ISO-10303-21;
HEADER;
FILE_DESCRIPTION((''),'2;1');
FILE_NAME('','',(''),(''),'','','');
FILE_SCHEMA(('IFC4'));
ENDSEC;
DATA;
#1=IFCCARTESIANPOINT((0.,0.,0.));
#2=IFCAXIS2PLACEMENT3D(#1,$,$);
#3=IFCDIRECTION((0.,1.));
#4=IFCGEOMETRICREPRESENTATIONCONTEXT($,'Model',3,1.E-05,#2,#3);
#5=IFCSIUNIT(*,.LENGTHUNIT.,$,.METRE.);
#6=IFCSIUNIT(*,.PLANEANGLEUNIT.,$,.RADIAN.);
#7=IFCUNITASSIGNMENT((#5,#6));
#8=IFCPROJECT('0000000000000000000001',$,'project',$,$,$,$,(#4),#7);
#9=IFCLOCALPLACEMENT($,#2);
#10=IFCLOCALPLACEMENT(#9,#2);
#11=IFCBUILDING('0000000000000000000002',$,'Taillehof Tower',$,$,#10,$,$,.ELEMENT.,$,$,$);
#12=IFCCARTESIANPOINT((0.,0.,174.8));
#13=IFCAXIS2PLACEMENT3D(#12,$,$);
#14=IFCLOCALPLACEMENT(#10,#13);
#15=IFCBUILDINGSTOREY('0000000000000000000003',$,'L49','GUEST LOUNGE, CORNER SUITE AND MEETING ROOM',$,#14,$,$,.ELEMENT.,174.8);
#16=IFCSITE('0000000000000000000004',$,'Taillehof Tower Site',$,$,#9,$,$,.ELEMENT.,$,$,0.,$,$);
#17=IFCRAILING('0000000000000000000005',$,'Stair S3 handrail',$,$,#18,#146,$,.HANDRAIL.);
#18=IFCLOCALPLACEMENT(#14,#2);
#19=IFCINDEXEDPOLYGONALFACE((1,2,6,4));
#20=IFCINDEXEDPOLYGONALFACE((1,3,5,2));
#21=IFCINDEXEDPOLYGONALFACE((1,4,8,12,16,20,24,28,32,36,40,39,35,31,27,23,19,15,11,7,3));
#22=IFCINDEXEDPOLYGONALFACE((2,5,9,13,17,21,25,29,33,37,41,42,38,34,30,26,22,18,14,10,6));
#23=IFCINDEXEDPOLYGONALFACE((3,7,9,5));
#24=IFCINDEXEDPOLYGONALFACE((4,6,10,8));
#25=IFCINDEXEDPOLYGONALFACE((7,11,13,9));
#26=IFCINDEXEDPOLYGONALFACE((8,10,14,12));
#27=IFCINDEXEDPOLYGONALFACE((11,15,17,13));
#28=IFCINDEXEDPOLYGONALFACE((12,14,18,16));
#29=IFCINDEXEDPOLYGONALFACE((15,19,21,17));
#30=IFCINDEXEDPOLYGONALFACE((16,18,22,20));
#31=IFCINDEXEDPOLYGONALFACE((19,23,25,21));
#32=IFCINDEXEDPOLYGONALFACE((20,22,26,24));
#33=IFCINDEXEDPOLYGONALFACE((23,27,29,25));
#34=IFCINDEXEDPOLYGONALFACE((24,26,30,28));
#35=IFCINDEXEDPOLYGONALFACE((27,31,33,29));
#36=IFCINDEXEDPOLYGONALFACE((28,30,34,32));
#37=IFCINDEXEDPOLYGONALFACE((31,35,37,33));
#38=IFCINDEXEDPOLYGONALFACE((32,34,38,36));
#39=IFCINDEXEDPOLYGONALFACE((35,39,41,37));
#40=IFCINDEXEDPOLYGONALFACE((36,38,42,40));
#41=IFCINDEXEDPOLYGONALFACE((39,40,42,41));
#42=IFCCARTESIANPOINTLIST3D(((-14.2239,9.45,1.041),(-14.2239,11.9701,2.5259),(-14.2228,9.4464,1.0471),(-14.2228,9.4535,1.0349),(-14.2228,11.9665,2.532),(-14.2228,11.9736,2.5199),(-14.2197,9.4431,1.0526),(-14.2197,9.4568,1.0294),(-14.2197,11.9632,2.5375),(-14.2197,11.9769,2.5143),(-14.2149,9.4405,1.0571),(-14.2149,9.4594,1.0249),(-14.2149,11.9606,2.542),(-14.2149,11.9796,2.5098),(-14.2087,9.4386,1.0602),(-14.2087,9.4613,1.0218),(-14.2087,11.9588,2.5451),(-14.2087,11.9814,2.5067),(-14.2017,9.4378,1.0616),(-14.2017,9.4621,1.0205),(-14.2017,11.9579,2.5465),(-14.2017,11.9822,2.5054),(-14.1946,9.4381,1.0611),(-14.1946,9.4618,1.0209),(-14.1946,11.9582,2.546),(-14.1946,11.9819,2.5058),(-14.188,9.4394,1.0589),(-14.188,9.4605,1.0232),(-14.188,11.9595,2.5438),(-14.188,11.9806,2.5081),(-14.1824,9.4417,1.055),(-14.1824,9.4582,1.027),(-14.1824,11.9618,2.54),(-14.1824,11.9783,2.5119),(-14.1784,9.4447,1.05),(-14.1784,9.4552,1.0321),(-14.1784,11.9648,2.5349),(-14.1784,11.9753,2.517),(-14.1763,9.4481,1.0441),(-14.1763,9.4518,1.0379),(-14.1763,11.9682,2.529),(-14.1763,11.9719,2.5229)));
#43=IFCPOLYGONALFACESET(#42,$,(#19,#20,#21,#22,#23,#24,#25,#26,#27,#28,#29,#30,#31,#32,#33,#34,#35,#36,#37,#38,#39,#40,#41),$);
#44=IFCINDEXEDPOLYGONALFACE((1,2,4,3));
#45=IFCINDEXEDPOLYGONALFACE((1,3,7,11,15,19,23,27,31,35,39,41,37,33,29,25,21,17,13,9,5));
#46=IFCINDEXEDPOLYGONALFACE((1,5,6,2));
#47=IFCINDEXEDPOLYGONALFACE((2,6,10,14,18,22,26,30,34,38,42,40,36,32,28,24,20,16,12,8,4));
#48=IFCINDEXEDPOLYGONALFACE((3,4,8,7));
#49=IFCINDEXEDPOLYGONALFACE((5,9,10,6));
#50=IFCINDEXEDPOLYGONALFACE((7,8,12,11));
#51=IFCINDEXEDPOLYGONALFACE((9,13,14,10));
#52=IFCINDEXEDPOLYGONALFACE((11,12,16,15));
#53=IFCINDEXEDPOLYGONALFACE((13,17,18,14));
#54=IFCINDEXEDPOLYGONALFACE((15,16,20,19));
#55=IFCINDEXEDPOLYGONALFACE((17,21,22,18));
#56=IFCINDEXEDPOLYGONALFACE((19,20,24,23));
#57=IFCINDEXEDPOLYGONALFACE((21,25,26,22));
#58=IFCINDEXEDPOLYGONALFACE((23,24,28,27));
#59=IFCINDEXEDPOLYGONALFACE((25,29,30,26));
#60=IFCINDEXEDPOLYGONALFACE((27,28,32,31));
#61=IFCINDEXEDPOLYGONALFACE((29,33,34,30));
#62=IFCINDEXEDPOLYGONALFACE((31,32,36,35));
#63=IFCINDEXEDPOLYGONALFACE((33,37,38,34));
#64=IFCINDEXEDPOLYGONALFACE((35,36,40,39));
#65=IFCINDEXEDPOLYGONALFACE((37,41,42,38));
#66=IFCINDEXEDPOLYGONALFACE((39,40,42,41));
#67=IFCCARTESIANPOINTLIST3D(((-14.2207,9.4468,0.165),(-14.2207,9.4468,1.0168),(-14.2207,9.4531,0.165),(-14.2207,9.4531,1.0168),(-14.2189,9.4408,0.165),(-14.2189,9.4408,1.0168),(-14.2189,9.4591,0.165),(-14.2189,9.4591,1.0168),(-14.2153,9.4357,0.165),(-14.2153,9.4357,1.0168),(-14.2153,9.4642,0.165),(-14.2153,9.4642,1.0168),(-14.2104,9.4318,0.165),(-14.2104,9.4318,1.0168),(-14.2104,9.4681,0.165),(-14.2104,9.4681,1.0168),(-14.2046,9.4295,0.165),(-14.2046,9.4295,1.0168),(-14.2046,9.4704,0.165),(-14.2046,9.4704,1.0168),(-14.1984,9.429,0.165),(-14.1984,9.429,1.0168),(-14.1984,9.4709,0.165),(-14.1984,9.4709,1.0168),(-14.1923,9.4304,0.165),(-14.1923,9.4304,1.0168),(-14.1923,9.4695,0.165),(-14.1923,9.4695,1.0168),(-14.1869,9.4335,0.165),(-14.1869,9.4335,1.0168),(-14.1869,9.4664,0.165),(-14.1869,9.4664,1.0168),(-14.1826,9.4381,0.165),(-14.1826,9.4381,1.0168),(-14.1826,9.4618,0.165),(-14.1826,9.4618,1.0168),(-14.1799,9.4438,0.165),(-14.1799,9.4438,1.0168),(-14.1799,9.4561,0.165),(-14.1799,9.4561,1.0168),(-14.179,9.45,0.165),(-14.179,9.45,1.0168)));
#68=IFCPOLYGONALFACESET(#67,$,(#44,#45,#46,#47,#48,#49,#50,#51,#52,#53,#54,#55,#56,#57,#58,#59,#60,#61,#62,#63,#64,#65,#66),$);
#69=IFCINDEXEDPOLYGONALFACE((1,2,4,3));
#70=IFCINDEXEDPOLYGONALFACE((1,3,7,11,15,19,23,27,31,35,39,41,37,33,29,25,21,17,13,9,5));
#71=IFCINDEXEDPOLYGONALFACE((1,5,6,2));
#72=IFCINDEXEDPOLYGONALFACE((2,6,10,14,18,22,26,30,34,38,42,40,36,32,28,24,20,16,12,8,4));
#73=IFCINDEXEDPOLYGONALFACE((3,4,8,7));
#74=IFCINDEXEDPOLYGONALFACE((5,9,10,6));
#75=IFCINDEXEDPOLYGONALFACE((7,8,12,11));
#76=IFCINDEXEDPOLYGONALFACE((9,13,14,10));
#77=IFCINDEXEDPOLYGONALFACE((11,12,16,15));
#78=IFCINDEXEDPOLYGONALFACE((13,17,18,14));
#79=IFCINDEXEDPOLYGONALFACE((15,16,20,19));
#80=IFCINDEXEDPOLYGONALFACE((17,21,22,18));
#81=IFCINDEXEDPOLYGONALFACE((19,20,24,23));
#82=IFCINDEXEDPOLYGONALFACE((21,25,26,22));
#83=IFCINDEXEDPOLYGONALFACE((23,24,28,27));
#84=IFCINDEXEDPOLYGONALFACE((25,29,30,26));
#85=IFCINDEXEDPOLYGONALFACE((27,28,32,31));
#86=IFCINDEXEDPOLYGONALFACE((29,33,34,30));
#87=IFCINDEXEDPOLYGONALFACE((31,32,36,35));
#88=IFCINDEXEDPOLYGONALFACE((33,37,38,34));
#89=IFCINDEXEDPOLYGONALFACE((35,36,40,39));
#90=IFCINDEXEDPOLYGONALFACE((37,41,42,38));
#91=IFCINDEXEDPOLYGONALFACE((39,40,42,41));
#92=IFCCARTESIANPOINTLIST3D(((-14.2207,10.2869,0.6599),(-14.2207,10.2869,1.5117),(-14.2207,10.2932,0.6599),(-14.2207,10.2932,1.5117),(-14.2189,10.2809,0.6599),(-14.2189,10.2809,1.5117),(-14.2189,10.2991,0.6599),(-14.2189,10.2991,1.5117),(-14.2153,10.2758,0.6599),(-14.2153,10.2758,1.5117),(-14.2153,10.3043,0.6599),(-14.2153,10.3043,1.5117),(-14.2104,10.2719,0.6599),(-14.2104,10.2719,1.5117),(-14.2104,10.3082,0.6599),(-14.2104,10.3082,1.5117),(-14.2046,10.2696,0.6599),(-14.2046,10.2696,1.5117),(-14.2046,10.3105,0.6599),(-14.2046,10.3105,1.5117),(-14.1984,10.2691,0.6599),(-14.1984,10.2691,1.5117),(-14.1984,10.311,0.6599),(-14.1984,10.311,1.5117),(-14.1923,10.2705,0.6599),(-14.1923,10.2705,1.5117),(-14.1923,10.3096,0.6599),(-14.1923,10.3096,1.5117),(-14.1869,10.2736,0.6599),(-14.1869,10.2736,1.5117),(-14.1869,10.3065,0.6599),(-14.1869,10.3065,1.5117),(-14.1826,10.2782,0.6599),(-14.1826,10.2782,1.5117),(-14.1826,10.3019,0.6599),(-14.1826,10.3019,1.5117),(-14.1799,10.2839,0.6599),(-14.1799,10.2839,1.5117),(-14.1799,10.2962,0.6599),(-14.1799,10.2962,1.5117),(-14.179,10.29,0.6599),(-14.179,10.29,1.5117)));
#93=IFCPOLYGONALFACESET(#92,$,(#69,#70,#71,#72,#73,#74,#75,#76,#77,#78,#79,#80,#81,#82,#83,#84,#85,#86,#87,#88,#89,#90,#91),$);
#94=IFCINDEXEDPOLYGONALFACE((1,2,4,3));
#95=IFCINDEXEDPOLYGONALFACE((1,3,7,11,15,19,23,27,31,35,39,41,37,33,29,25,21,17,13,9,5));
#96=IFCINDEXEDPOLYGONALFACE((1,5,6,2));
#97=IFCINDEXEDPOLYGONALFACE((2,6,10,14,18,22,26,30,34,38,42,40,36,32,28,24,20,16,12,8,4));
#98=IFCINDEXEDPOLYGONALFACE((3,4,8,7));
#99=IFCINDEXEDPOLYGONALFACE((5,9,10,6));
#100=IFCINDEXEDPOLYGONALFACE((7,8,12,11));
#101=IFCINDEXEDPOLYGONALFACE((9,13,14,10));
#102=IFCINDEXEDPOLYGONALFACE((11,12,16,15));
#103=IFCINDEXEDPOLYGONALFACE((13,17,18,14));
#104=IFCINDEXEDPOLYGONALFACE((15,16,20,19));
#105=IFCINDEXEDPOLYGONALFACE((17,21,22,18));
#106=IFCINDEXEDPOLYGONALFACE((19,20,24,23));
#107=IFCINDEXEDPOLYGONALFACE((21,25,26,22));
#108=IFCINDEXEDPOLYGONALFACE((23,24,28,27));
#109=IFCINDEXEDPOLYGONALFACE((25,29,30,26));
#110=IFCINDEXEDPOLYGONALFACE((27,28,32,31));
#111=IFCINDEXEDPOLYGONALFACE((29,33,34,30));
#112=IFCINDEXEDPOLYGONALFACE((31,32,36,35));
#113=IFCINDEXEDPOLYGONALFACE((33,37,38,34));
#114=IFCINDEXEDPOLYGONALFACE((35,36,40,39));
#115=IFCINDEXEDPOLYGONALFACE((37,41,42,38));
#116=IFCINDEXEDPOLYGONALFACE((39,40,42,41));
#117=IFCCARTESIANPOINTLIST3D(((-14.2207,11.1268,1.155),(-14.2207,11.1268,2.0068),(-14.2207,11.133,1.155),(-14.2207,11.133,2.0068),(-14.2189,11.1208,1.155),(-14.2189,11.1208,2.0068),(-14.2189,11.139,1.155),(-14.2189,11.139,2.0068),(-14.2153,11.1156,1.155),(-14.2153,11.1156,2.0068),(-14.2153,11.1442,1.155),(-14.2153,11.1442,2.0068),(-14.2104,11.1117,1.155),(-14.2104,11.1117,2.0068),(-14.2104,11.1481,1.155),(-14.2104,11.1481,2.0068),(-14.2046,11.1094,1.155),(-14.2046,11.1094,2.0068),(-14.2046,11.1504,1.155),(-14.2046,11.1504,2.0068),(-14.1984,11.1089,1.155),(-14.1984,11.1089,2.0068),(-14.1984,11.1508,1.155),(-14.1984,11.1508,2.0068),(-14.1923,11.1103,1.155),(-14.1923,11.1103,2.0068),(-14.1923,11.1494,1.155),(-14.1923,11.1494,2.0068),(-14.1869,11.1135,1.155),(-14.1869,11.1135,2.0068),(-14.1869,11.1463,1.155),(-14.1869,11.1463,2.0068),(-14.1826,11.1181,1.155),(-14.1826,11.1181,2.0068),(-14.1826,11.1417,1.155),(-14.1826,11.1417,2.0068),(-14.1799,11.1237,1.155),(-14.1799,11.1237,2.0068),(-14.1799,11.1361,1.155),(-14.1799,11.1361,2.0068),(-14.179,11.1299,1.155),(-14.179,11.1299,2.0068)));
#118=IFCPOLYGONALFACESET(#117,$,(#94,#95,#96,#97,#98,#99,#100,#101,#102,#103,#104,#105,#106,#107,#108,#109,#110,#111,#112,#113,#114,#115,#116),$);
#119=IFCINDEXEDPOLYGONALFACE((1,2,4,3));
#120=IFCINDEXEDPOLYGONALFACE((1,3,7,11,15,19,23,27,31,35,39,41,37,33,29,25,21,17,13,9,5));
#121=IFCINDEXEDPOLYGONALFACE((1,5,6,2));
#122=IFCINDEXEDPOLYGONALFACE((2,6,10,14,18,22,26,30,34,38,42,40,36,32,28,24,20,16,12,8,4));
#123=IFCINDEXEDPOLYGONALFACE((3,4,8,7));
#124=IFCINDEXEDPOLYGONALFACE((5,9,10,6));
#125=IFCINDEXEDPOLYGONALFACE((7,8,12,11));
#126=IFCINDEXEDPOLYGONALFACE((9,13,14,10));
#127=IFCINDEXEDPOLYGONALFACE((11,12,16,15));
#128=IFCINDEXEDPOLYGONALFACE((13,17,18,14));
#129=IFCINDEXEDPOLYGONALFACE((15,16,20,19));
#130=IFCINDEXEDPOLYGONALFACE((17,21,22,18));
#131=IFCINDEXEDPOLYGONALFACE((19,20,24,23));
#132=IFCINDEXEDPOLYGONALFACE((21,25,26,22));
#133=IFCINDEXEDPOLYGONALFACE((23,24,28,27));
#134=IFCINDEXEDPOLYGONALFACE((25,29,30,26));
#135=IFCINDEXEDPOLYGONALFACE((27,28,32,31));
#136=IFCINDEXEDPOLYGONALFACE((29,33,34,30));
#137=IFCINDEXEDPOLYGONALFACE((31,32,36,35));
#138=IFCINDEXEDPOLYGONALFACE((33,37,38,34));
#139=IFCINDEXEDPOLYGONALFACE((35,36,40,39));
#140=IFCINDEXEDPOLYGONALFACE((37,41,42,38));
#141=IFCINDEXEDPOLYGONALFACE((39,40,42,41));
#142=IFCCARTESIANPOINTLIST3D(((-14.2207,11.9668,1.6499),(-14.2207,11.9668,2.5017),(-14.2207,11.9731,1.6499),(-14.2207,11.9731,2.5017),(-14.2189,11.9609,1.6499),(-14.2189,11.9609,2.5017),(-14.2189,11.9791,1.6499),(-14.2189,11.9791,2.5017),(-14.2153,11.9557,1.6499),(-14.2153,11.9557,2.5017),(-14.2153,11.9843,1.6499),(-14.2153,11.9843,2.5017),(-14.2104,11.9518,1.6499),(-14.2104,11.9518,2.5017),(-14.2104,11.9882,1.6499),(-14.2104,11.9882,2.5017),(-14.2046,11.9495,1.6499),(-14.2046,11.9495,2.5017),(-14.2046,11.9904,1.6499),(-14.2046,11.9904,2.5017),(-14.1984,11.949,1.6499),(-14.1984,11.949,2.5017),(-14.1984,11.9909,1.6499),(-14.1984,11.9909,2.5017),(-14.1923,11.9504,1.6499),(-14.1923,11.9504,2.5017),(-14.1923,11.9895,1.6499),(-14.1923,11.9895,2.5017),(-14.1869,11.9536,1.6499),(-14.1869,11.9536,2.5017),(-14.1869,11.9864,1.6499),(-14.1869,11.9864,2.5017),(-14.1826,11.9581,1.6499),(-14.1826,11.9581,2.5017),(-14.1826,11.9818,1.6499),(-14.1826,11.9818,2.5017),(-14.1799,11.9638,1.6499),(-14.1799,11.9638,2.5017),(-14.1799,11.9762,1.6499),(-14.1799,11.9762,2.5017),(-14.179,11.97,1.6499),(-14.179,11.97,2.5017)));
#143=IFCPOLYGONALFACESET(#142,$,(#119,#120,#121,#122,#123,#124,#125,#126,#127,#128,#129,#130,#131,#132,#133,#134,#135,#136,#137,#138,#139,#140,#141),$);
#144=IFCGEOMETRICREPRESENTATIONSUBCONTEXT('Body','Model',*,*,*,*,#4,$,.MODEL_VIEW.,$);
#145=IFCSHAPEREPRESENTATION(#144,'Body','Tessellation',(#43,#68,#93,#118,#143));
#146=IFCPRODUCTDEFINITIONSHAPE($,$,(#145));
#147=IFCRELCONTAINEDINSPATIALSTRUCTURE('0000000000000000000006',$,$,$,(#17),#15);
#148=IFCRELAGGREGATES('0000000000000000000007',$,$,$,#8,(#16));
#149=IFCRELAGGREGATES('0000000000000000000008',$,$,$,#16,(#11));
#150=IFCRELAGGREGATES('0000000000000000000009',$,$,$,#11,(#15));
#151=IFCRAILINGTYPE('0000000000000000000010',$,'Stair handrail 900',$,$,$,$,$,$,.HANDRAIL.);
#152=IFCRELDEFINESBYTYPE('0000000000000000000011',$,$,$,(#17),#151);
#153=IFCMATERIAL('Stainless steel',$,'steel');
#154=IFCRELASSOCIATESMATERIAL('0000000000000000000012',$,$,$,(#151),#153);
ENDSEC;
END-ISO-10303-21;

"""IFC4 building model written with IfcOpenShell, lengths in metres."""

from ifc_helpers import new_model, si_unit, direction, frame, origin, origin_2d, place, context, subcontext, project, spatial, circle, extrude, material, type_object, element, save


model = new_model("IFC4")

# Units and contexts
model_context = context("Model", 3, precision=1e-05, world=origin(), true_north=direction((0.0, 1.0)))
body_context = subcontext(model_context, "Body", "Model", "MODEL_VIEW")
ifc_project = project(units=[si_unit("LENGTHUNIT", "METRE"), si_unit("PLANEANGLEUNIT", "RADIAN")], contexts=[model_context])

# Site, building, storey
site_placement = place(None, origin())
site = spatial("IfcSite", under=ifc_project, at=site_placement, Name="Taillehof Tower Site", CompositionType="ELEMENT", RefElevation=0.0)
building_placement = place(site_placement, origin())
building = spatial("IfcBuilding", under=site, at=building_placement, Name="Taillehof Tower", CompositionType="ELEMENT")
storey_placement = place(building_placement, frame((0.0, 0.0, 174.8)))
storey = spatial("IfcBuildingStorey", under=building, at=storey_placement, Name="L49", Description="GUEST LOUNGE, CORNER SUITE AND MEETING ROOM", CompositionType="ELEMENT", Elevation=174.8)

# Railing
ifc_material_1 = material(Name="Stainless steel", Category="steel")
railing_type = type_object("IfcRailingType", Name="Stair handrail 900", PredefinedType="HANDRAIL", material=ifc_material_1)
railing_placement = place(storey_placement, frame((-14.2, 9.45, 0.165)))
element("IfcRailing", 1, at=railing_placement, inside=storey, type_object=railing_type, Name="Stair S3 handrail", PredefinedType="HANDRAIL", context=body_context, shape_type="SweptSolid", body=[
    extrude(circle(Radius=0.0239, at=origin_2d()), frame((0.0, 0.0, 0.876), z_axis=(0.0, 0.861561, 0.507655), x_axis=(-1.0, 0.0, 0.0)), (0.0, 0.0, 1.0), 2.925),
    extrude(circle(Radius=0.021, at=origin_2d()), origin(), (0.0, 0.0, 1.0), 0.8518),
    extrude(circle(Radius=0.021, at=origin_2d()), frame((0.0, 0.8401, 0.4949)), (0.0, 0.0, 1.0), 0.8518),
    extrude(circle(Radius=0.021, at=origin_2d()), frame((0.0, 1.6799, 0.99)), (0.0, 0.0, 1.0), 0.8518),
    extrude(circle(Radius=0.021, at=origin_2d()), frame((0.0, 2.52, 1.4849)), (0.0, 0.0, 1.0), 0.8518),
])

save(model, "model.ifc")
